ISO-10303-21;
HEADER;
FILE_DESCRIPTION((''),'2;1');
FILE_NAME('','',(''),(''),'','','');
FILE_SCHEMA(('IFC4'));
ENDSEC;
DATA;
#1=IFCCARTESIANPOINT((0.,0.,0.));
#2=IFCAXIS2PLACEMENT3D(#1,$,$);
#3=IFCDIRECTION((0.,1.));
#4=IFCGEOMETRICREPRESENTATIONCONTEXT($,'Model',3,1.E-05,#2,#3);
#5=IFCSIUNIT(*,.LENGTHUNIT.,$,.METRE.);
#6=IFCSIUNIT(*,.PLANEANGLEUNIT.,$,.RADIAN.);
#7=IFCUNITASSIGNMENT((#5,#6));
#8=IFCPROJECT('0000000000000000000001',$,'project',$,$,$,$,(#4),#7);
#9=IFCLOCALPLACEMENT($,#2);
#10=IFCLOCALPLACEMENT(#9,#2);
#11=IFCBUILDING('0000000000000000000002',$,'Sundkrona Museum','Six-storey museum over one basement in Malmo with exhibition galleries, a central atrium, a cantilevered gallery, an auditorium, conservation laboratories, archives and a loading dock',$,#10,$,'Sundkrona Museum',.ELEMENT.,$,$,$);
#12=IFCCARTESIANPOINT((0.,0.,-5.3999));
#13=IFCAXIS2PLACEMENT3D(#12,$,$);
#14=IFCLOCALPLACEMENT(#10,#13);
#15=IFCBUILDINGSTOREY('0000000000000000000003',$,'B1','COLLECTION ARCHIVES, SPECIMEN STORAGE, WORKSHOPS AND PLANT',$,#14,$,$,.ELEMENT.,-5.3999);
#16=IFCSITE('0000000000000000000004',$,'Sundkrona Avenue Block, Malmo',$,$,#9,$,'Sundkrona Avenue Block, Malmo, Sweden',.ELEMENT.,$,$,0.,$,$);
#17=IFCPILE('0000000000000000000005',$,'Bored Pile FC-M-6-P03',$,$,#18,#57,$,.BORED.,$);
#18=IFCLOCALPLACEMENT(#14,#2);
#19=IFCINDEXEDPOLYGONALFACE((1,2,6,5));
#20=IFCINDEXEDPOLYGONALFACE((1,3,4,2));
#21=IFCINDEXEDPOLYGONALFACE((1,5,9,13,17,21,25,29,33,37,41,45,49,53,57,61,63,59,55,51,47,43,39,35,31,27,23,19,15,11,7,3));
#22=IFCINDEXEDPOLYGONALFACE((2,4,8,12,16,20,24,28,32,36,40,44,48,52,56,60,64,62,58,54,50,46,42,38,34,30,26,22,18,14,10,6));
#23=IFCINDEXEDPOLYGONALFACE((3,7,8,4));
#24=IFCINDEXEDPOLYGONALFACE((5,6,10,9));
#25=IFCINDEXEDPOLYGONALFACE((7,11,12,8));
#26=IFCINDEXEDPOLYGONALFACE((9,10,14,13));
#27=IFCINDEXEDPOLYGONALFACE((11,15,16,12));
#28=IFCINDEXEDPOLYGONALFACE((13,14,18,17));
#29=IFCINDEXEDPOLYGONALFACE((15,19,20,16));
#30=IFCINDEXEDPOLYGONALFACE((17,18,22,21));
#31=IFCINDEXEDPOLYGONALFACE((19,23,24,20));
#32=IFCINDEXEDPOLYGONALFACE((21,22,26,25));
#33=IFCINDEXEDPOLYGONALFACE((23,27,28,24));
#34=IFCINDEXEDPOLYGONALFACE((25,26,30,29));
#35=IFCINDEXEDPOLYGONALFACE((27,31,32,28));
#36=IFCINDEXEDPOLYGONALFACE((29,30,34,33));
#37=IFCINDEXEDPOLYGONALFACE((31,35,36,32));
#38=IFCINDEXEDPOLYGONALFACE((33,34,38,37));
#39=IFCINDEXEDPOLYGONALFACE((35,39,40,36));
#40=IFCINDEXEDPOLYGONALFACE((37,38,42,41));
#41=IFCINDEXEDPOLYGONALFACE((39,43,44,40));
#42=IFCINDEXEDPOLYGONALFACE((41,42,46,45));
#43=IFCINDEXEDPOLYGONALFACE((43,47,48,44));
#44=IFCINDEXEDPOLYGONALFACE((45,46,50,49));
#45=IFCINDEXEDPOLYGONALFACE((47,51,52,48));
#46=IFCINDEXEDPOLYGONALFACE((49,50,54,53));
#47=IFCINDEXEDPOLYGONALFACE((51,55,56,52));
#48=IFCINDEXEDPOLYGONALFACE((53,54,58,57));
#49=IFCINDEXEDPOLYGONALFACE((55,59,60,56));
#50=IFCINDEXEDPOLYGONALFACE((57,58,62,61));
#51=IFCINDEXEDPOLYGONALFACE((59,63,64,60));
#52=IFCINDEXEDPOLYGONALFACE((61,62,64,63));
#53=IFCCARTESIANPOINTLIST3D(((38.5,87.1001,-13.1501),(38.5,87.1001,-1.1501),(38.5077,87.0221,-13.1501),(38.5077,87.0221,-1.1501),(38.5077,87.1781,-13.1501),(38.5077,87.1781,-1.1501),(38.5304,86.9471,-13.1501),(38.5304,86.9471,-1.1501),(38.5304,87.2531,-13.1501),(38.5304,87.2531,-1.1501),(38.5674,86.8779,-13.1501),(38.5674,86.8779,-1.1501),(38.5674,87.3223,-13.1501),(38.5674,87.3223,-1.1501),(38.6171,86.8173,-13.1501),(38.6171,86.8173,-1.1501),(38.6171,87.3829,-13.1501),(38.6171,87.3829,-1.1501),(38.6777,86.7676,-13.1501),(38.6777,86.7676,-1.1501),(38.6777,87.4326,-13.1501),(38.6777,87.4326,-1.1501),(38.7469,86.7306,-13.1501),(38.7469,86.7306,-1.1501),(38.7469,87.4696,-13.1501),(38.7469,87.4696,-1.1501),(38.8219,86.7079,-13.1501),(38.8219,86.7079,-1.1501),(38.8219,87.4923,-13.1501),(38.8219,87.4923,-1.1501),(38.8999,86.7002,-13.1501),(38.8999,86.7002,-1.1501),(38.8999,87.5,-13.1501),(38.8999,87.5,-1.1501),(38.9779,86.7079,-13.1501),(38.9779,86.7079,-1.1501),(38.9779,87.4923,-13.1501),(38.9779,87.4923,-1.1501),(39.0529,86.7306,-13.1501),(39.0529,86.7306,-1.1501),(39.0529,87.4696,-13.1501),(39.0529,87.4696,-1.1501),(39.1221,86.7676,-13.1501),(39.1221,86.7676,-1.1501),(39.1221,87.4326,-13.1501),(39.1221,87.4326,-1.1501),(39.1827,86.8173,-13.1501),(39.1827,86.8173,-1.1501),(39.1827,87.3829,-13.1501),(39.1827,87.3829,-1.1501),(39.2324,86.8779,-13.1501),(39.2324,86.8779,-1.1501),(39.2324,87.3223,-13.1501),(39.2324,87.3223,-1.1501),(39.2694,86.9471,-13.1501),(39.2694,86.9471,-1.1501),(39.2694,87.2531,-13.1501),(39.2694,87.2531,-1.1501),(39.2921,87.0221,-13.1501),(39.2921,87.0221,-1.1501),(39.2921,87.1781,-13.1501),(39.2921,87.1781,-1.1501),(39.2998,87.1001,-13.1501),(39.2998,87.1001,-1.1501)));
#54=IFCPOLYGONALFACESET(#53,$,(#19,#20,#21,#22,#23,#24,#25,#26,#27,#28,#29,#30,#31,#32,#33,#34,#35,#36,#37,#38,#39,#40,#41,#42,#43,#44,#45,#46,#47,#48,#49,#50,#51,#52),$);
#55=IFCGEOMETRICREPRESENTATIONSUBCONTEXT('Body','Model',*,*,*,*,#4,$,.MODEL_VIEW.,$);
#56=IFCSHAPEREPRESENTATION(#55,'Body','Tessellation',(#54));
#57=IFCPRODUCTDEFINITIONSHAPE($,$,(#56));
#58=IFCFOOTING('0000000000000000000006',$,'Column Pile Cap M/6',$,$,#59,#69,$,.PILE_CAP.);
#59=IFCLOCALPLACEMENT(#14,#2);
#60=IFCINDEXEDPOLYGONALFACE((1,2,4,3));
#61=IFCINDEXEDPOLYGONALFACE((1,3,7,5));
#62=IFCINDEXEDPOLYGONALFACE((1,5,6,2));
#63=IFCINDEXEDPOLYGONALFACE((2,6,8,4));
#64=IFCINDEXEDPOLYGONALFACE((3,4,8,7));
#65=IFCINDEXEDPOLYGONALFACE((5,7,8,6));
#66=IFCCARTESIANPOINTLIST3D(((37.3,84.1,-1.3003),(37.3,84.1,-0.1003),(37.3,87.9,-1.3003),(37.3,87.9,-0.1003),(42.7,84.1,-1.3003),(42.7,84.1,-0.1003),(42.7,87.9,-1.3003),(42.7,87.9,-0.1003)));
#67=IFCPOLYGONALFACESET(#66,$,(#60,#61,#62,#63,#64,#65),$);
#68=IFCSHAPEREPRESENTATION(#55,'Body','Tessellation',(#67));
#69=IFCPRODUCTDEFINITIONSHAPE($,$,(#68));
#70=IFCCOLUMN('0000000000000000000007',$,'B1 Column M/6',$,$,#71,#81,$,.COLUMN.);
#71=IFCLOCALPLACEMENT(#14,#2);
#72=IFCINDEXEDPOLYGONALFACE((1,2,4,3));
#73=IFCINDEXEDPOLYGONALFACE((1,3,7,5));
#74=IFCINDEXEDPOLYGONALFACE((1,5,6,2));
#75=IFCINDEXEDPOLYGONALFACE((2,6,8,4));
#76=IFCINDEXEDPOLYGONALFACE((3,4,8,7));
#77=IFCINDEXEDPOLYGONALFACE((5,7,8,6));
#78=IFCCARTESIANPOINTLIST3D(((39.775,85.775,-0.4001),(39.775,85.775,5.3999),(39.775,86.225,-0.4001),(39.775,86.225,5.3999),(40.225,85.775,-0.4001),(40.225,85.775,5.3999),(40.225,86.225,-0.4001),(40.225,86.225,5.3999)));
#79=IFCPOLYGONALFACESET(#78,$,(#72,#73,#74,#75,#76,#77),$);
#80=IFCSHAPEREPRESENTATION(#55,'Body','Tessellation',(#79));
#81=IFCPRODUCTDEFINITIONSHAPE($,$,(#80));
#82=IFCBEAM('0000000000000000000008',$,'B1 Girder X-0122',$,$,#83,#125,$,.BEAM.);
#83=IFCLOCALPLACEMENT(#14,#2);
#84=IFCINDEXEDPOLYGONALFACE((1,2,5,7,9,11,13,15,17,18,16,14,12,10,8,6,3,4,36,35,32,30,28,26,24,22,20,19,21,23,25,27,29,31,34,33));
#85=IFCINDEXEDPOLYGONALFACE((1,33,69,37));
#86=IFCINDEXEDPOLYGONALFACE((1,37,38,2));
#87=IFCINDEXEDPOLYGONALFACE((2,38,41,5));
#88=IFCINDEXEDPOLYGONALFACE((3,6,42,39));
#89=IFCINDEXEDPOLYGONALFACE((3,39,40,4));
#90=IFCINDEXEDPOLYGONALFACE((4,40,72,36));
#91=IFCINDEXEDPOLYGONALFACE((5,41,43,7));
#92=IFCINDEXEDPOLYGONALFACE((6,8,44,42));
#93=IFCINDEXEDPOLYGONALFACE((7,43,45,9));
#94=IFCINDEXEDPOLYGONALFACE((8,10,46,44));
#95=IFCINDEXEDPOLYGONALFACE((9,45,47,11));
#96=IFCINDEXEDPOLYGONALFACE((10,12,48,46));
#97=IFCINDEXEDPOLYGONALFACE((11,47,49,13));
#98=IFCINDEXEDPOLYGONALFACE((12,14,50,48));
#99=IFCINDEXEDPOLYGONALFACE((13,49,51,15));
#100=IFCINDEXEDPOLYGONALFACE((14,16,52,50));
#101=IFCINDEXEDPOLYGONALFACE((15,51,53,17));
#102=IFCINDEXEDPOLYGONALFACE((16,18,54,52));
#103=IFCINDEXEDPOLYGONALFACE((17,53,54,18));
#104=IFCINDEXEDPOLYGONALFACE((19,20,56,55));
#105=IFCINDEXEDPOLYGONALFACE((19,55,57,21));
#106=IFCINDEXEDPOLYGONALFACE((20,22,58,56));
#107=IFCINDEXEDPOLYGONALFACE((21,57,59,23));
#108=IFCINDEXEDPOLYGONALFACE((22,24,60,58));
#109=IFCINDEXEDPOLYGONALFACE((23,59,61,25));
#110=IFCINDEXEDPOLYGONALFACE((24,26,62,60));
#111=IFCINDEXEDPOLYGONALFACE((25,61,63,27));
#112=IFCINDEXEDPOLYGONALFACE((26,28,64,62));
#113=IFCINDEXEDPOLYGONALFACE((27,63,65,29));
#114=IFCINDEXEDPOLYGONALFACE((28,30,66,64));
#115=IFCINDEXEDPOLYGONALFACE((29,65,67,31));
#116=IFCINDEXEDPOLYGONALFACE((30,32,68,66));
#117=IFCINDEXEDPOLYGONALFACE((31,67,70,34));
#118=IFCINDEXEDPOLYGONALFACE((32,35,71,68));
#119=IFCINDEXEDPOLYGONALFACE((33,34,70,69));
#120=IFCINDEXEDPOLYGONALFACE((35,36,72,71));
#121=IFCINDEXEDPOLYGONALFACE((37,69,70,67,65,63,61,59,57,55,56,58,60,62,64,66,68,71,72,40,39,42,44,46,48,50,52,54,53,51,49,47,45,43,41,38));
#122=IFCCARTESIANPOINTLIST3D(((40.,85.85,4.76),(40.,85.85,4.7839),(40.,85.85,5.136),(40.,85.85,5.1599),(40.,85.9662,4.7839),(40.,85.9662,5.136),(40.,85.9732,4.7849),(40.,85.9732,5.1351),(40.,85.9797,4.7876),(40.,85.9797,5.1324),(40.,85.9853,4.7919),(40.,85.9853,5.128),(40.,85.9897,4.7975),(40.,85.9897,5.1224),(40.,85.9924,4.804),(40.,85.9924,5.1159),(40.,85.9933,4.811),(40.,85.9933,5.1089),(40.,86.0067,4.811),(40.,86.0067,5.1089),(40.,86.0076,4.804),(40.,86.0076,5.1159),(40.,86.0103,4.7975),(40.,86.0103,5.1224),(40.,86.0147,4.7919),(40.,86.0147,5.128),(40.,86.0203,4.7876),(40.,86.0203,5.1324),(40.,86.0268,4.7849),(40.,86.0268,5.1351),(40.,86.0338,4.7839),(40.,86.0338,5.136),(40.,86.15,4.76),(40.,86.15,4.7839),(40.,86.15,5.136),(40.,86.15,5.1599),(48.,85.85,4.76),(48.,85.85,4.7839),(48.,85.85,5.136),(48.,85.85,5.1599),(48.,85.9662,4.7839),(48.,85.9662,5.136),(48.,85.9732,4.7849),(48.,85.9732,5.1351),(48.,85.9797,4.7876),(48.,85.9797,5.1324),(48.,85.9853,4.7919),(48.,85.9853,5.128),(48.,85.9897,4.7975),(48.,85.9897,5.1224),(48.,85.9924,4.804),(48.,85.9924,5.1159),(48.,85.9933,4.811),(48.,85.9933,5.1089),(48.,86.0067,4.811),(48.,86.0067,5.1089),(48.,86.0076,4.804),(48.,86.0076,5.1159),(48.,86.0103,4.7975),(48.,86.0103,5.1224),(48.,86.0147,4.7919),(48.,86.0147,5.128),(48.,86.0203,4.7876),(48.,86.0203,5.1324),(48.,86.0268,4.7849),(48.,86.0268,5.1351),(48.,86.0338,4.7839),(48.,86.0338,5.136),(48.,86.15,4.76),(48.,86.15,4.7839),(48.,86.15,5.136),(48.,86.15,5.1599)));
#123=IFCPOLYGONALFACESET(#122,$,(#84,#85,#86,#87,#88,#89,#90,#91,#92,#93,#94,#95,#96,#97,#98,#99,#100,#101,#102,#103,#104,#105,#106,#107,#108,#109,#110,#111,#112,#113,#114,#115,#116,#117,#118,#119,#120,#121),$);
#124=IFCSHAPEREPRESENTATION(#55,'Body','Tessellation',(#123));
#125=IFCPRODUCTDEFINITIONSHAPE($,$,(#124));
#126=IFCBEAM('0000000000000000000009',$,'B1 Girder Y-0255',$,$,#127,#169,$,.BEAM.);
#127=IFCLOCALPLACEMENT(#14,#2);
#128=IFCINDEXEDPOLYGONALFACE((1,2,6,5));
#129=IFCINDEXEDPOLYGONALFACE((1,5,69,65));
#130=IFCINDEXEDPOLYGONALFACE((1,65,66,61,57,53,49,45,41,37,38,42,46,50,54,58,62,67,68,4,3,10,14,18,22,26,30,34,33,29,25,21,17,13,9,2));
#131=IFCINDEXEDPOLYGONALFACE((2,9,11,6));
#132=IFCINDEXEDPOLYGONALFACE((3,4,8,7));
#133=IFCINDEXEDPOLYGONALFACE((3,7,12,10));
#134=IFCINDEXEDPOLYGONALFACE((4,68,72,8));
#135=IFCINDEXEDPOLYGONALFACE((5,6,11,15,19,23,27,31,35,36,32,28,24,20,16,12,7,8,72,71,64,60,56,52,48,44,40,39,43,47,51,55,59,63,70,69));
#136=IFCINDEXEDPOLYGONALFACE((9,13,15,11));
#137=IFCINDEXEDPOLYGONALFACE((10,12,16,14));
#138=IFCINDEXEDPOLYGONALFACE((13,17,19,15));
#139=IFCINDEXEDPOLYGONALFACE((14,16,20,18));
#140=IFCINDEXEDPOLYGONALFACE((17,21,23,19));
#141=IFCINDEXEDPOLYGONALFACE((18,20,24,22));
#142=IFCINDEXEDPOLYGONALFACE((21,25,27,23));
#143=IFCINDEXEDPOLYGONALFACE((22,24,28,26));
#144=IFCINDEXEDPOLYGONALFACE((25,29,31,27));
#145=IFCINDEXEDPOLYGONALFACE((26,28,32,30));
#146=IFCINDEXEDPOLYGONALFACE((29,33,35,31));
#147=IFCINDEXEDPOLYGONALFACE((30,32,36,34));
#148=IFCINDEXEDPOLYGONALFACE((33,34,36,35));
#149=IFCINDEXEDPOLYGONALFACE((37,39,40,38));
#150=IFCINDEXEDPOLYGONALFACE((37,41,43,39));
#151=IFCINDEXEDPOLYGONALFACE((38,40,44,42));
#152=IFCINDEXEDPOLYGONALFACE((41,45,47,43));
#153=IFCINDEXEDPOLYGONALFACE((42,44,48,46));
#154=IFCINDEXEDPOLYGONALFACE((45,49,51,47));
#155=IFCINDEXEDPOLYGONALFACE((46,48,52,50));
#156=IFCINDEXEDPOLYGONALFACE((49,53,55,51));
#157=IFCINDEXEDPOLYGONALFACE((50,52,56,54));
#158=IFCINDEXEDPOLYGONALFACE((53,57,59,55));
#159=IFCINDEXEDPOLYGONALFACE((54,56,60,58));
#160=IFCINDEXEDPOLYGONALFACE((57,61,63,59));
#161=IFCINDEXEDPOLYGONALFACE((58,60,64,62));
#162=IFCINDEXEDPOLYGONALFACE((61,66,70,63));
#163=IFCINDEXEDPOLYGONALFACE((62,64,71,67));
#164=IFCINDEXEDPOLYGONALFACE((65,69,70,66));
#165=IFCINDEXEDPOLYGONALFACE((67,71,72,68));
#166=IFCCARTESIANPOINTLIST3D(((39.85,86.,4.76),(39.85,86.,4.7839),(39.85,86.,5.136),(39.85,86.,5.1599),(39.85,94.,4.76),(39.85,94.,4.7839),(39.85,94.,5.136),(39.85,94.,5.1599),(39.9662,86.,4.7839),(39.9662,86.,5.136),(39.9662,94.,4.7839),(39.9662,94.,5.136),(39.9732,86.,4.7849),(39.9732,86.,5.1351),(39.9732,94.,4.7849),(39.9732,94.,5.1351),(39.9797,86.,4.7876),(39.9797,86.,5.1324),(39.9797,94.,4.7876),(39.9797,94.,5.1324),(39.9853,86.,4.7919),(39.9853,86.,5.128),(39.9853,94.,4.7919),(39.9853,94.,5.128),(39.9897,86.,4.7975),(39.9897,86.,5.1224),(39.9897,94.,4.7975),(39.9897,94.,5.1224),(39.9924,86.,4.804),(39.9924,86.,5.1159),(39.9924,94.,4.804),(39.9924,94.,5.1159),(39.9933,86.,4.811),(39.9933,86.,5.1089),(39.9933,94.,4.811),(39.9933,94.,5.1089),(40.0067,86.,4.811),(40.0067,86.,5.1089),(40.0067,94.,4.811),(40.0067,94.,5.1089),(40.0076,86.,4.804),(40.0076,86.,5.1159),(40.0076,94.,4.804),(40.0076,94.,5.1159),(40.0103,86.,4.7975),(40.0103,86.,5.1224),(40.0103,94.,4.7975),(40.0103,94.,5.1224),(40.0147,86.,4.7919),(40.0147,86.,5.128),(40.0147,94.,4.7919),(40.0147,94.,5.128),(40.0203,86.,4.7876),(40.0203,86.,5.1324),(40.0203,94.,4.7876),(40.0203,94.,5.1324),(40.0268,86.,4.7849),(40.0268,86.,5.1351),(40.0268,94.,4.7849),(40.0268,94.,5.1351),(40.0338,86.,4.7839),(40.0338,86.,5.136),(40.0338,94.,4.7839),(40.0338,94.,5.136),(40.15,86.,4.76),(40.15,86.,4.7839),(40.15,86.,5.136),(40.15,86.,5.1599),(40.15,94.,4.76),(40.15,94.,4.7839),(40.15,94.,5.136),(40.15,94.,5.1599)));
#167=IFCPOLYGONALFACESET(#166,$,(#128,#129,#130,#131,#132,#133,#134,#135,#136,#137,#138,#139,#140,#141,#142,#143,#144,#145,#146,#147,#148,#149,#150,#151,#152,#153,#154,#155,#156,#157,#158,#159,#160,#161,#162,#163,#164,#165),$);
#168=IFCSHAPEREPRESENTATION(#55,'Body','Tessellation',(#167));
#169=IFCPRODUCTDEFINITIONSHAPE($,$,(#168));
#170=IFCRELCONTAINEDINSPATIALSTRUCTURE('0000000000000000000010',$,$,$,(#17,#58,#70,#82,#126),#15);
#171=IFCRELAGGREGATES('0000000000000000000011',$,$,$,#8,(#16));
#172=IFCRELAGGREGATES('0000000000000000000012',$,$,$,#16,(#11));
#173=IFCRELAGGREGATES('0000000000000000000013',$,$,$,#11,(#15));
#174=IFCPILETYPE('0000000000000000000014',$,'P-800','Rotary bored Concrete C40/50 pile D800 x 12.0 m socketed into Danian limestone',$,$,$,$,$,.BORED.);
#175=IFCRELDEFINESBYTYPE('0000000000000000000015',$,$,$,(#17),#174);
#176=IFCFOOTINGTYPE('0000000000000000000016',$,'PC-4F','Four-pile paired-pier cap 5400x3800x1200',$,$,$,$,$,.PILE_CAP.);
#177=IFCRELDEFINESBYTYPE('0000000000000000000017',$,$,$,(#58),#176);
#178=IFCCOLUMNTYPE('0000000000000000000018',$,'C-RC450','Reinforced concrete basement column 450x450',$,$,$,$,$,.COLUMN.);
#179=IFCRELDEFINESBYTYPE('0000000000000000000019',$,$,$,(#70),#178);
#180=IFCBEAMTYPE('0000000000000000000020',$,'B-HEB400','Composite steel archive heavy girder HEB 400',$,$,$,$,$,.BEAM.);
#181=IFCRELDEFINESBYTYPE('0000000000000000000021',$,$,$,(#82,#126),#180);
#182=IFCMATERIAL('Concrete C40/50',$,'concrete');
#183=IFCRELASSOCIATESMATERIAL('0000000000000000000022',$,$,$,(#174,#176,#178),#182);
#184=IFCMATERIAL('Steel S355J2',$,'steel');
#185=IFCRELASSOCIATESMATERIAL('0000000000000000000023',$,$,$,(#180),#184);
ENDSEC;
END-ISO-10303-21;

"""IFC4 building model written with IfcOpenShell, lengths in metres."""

from ifc_helpers import new_model, si_unit, direction, frame, origin, origin_2d, place, context, subcontext, project, spatial, rectangle, circle, i_section, extrude, material, material_profile, profile_set, type_object, element, save


model = new_model("IFC4")

# Units and contexts
model_context = context("Model", 3, precision=1e-05, world=origin(), true_north=direction((0.0, 1.0)))
body_context = subcontext(model_context, "Body", "Model", "MODEL_VIEW")
ifc_project = project(units=[si_unit("LENGTHUNIT", "METRE"), si_unit("PLANEANGLEUNIT", "RADIAN")], contexts=[model_context])

# Site, building, storey
site_placement = place(None, origin())
site = spatial("IfcSite", under=ifc_project, at=site_placement, Name="Sundkrona Avenue Block, Malmo", LongName="Sundkrona Avenue Block, Malmo, Sweden", CompositionType="ELEMENT", RefElevation=0.0)
building_placement = place(site_placement, origin())
building = spatial("IfcBuilding", under=site, at=building_placement, Name="Sundkrona Museum", Description="Six-storey museum over one basement in Malmo with exhibition galleries, a central atrium, a cantilevered gallery, an auditorium, conservation laboratories, archives and a loading dock", LongName="Sundkrona Museum", CompositionType="ELEMENT")
storey_placement = place(building_placement, frame((0.0, 0.0, -5.3999)))
storey = spatial("IfcBuildingStorey", under=building, at=storey_placement, Name="B1", Description="COLLECTION ARCHIVES, SPECIMEN STORAGE, WORKSHOPS AND PLANT", CompositionType="ELEMENT", Elevation=-5.3999)

# Shared definitions
ifc_material_1 = material(Name="Concrete C40/50", Category="concrete")

# Pile
ifc_material_profile_1 = material_profile(ifc_material_1, circle(Radius=0.3999, at=origin_2d()), Name="PILE D800")
ifc_profile_set_1 = profile_set([ifc_material_profile_1], Name="Concrete C40/50")
pile_type = type_object("IfcPileType", Name="P-800", Description="Rotary bored Concrete C40/50 pile D800 x 12.0 m socketed into Danian limestone", PredefinedType="BORED", material=ifc_profile_set_1)
for number, where, z_axis, x_axis, name in (
    (1, (38.8999, 87.1001, -1.1501), (0.0, 0.0, -1.0), (1.0, 0.0, 0.0), "Bored Pile FC-M-6-P03"),
):
    element("IfcPile", number, at=place(storey_placement, frame(where, z_axis=z_axis, x_axis=x_axis)), inside=storey, type_object=pile_type, Name=name, PredefinedType="BORED", context=body_context, shape_type="SweptSolid", body=[
        extrude(circle(Radius=0.3999, at=origin_2d()), origin(), (0.0, 0.0, 1.0), 12.0),
    ])

# Footing
footing_type_1 = type_object("IfcFootingType", Name="PC-4F", Description="Four-pile paired-pier cap 5400x3800x1200", PredefinedType="PILE_CAP", material=ifc_material_1)
footing_1_placement = place(storey_placement, frame((40.0, 86.0, -1.3003), z_axis=(0.0, 0.0, 1.0), x_axis=(1.0, 0.0, 0.0)))
element("IfcFooting", 2, at=footing_1_placement, inside=storey, type_object=footing_type_1, Name="Column Pile Cap M/6", PredefinedType="PILE_CAP", context=body_context, shape_type="SweptSolid", body=[
    extrude(rectangle(XDim=5.3999, YDim=3.8, at=origin_2d()), origin(), (0.0, 0.0, 1.0), 1.2),
])

# Column
ifc_material_profile_2 = material_profile(ifc_material_1, rectangle(XDim=0.45, YDim=0.45, at=origin_2d()), Name="RC 450x450")
ifc_profile_set_2 = profile_set([ifc_material_profile_2], Name="Concrete C40/50")
column_type = type_object("IfcColumnType", Name="C-RC450", Description="Reinforced concrete basement column 450x450", PredefinedType="COLUMN", material=ifc_profile_set_2)
column_placement = place(storey_placement, frame((40.0, 86.0, -0.4001), z_axis=(0.0, 0.0, 1.0), x_axis=(1.0, 0.0, 0.0)))
element("IfcColumn", 3, at=column_placement, inside=storey, type_object=column_type, Name="B1 Column M/6", PredefinedType="COLUMN", context=body_context, shape_type="SweptSolid", body=[
    extrude(rectangle(XDim=0.45, YDim=0.45, at=origin_2d()), origin(), (0.0, 0.0, 1.0), 5.8),
])

# Beams
ifc_material_2 = material(Name="Steel S355J2", Category="steel")
ifc_material_profile_3 = material_profile(ifc_material_2, i_section(OverallWidth=0.3, OverallDepth=0.3999, WebThickness=0.0134, FlangeThickness=0.0239, FilletRadius=0.0271, at=origin_2d()), Name="HEB 400")
ifc_profile_set_3 = profile_set([ifc_material_profile_3], Name="Steel S355J2")
beam_type_1 = type_object("IfcBeamType", Name="B-HEB400", Description="Composite steel archive heavy girder HEB 400", PredefinedType="BEAM", material=ifc_profile_set_3)
for number, where, z_axis, x_axis, name in (
    (4, (40.0, 86.0, 4.96), (1.0, 0.0, 0.0), (0.0, 1.0, 0.0), "B1 Girder X-0122"),
    (5, (40.0, 86.0, 4.96), (0.0, 1.0, 0.0), (-1.0, 0.0, 0.0), "B1 Girder Y-0255"),
):
    element("IfcBeam", number, at=place(storey_placement, frame(where, z_axis=z_axis, x_axis=x_axis)), inside=storey, type_object=beam_type_1, Name=name, PredefinedType="BEAM", context=body_context, shape_type="SweptSolid", body=[
        extrude(i_section(OverallWidth=0.3, OverallDepth=0.3999, WebThickness=0.0134, FlangeThickness=0.0239, FilletRadius=0.0271, at=origin_2d()), origin(), (0.0, 0.0, 1.0), 8.0),
    ])

save(model, "model.ifc")
